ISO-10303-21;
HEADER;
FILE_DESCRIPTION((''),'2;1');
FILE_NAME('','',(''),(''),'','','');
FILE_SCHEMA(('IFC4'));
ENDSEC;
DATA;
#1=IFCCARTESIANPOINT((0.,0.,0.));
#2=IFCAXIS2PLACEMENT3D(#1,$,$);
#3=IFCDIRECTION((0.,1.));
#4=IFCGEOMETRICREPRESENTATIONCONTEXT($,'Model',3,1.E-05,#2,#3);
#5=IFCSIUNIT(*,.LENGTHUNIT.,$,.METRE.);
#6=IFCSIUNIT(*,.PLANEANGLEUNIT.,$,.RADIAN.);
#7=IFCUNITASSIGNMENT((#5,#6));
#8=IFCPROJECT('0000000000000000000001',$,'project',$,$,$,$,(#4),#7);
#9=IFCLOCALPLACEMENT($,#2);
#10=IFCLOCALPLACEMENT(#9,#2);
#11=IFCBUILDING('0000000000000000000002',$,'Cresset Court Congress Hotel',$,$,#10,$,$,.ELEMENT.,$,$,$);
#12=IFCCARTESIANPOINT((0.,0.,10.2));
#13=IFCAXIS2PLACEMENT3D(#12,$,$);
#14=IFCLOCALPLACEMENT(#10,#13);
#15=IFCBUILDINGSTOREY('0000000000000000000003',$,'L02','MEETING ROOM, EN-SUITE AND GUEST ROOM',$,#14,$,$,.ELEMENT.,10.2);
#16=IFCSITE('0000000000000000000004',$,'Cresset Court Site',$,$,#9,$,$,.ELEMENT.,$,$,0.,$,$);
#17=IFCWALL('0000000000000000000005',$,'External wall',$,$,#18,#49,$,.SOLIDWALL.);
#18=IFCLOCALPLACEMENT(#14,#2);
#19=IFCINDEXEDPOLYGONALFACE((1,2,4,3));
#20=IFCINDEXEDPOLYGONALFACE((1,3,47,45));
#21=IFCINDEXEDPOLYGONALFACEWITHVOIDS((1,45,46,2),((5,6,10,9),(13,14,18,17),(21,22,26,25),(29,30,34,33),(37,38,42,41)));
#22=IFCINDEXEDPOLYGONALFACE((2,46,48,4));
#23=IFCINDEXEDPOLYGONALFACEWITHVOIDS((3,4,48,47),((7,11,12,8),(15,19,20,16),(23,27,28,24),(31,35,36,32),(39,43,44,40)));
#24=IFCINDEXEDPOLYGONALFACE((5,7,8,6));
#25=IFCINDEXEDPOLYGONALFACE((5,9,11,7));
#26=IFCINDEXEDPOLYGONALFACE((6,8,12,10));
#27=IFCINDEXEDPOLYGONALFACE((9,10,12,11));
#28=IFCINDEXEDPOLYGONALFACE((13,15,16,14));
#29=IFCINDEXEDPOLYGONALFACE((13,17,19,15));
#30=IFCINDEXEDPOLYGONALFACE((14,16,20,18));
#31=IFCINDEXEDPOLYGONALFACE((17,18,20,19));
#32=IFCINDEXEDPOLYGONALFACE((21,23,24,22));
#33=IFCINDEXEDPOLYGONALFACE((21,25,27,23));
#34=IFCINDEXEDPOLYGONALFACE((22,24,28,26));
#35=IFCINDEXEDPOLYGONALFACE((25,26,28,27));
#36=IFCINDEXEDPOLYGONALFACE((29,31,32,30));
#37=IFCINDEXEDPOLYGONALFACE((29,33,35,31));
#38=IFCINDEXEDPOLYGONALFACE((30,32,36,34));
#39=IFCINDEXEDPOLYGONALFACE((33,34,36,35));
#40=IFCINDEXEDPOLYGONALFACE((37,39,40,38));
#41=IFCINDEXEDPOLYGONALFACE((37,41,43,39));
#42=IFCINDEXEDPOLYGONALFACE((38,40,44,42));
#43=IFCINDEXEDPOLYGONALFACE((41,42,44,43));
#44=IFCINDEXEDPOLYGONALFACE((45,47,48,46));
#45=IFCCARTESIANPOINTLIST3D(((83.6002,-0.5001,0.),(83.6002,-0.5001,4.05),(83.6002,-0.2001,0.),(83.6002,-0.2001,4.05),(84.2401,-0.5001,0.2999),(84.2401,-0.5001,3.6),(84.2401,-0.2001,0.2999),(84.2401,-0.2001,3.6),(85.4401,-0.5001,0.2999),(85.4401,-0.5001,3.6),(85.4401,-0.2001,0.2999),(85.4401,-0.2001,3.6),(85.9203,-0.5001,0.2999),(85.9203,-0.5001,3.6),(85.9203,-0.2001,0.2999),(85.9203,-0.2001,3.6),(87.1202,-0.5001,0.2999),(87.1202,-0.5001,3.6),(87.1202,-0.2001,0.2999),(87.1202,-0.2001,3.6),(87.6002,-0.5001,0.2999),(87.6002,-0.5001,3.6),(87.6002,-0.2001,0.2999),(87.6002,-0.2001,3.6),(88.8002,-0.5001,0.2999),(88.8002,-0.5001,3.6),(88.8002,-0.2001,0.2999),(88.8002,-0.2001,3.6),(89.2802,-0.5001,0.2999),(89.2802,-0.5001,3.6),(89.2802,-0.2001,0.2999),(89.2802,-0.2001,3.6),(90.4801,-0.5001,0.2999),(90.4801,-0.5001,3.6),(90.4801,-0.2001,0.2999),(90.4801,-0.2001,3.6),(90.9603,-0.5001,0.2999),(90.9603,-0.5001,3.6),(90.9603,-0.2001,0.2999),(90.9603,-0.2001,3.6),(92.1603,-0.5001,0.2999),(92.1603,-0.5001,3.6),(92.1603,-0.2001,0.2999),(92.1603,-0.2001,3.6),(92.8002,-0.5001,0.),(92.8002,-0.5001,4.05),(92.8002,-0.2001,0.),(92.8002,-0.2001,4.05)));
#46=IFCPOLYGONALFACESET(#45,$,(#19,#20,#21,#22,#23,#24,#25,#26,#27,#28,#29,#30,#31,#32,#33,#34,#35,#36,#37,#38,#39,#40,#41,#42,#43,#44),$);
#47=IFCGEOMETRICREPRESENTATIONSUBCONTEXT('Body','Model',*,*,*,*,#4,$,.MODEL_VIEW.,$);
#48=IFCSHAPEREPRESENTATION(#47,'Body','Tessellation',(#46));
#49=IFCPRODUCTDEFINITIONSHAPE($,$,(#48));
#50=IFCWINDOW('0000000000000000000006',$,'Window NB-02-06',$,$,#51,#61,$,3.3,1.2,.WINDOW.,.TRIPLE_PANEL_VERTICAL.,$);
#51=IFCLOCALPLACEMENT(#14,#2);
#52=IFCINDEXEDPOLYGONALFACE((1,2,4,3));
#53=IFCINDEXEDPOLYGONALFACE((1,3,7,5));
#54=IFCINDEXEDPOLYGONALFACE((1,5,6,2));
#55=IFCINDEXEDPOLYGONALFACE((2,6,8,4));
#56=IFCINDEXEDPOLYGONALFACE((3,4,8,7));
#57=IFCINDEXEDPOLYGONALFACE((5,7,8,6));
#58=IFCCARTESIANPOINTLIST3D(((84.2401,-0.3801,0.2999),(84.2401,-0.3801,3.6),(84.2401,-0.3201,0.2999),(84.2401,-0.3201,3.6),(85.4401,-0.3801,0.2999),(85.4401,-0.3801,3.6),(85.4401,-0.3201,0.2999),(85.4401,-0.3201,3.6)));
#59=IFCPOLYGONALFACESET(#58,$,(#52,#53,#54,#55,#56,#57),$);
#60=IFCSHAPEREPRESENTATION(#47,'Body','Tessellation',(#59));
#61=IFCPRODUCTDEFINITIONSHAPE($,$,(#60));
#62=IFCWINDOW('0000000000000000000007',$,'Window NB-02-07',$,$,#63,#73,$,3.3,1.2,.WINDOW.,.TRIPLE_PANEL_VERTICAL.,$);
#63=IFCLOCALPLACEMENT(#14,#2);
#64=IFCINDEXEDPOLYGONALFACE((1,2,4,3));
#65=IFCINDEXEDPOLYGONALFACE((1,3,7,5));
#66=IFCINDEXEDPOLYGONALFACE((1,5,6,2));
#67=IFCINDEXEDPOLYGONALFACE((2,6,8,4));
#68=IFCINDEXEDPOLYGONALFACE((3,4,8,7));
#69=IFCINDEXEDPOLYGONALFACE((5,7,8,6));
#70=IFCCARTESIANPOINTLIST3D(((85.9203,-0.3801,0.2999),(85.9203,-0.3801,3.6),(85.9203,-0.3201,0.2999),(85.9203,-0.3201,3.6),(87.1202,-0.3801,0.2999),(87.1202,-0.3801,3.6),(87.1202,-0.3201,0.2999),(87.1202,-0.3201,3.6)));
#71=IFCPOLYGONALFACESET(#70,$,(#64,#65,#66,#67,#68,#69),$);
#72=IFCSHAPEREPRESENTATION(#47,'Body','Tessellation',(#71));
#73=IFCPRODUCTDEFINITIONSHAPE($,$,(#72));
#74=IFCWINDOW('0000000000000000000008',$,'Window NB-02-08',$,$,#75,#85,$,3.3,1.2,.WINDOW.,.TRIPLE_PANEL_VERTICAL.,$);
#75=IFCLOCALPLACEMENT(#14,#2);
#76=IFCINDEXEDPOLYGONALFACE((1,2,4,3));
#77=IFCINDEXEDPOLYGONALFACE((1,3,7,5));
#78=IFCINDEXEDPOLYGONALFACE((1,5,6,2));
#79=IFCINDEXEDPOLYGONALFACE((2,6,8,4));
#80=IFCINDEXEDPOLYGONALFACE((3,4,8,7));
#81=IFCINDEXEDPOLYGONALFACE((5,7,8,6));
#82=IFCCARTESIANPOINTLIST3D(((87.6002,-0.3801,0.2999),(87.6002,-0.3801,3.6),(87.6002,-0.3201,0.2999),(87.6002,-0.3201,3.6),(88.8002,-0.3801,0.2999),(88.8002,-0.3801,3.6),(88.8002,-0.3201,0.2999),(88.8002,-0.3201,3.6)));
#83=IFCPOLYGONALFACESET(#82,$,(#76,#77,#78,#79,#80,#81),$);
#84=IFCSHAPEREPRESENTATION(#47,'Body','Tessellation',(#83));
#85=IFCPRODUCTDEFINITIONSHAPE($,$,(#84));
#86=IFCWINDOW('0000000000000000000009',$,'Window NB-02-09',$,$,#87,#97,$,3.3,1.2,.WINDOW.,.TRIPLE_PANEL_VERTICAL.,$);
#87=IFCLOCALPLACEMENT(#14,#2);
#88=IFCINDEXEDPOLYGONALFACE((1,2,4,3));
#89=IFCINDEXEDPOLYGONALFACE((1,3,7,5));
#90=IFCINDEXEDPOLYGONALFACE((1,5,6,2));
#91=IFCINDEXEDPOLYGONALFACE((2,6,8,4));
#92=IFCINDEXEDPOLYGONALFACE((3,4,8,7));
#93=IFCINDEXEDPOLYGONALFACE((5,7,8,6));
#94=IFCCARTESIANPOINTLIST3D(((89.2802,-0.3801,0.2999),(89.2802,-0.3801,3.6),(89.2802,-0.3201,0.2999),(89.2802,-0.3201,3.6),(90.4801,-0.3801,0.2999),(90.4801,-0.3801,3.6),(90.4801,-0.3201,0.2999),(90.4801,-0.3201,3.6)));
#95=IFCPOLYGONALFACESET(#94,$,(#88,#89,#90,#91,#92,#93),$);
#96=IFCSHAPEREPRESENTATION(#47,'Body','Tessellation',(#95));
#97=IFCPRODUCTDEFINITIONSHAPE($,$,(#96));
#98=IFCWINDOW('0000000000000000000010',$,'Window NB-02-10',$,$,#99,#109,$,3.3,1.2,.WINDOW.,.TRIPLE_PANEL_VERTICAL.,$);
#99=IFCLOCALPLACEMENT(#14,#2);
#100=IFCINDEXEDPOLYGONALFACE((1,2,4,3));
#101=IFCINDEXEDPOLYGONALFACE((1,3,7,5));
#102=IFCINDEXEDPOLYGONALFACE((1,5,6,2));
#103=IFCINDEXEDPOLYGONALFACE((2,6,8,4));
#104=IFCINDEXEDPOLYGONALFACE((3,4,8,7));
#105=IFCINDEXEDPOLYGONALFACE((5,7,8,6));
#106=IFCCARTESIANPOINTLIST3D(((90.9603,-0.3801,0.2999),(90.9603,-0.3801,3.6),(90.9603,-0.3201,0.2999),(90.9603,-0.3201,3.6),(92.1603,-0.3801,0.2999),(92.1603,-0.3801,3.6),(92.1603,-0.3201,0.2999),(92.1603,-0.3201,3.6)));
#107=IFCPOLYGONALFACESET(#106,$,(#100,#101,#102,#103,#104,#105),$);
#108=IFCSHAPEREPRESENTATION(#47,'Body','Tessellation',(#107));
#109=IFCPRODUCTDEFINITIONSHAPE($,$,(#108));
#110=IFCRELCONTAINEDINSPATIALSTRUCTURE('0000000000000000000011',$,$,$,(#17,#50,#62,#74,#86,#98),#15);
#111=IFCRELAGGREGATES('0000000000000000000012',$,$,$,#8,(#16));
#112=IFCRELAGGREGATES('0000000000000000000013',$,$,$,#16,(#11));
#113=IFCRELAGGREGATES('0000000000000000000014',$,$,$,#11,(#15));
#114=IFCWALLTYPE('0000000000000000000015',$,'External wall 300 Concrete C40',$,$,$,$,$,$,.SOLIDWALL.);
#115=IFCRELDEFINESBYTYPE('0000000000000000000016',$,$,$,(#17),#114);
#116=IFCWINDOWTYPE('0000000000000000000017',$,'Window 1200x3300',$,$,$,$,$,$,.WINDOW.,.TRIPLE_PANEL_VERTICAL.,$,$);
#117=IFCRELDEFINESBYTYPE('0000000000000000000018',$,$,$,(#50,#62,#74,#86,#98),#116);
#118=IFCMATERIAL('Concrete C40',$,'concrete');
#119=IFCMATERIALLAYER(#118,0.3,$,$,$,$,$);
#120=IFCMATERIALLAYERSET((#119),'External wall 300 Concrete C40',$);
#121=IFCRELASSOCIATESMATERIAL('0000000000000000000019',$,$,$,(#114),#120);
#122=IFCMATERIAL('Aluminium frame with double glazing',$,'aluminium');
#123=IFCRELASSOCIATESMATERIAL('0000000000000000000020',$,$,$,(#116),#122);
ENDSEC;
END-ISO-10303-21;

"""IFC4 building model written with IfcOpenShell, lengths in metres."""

from ifc_helpers import new_model, si_unit, direction, frame, frame_2d, origin, place, context, subcontext, project, spatial, rectangle, extrude, material, layer, layer_set, type_object, element, fill, save


model = new_model("IFC4")

# Units and contexts
model_context = context("Model", 3, precision=1e-05, world=origin(), true_north=direction((0.0, 1.0)))
body_context = subcontext(model_context, "Body", "Model", "MODEL_VIEW")
ifc_project = project(units=[si_unit("LENGTHUNIT", "METRE"), si_unit("PLANEANGLEUNIT", "RADIAN")], contexts=[model_context])

# Site, building, storey
site_placement = place(None, origin())
site = spatial("IfcSite", under=ifc_project, at=site_placement, Name="Cresset Court Site", CompositionType="ELEMENT", RefElevation=0.0)
building_placement = place(site_placement, origin())
building = spatial("IfcBuilding", under=site, at=building_placement, Name="Cresset Court Congress Hotel", CompositionType="ELEMENT")
storey_placement = place(building_placement, frame((0.0, 0.0, 10.2)))
storey = spatial("IfcBuildingStorey", under=building, at=storey_placement, Name="L02", Description="MEETING ROOM, EN-SUITE AND GUEST ROOM", CompositionType="ELEMENT", Elevation=10.2)

# Wall, openings, windows
ifc_material_1 = material(Name="Concrete C40", Category="concrete")
ifc_layer_1 = layer(ifc_material_1, 0.3)
ifc_layer_set_1 = layer_set([ifc_layer_1], Name="External wall 300 Concrete C40")
wall_type = type_object("IfcWallType", Name="External wall 300 Concrete C40", PredefinedType="SOLIDWALL", material=ifc_layer_set_1)
wall_placement = place(storey_placement, frame((83.6001, -0.3501, 0.0), z_axis=(0.0, 0.0, 1.0), x_axis=(1.0, 0.0, 0.0)))
wall = element("IfcWall", 1, at=wall_placement, inside=storey, type_object=wall_type, Name="External wall", PredefinedType="SOLIDWALL", context=body_context, shape_type="SweptSolid", body=[
    extrude(rectangle(XDim=9.2, YDim=0.3, at=frame_2d((4.6001, 0.0))), origin(), (0.0, 0.0, 1.0), 4.05),
])
opening_1_placement = place(wall_placement, frame((0.6399, 0.0, 0.3)))
opening_1 = element("IfcOpeningElement", 2, at=opening_1_placement, cuts=wall, PredefinedType="OPENING", context=body_context, shape_type="SweptSolid", body=[
    extrude(rectangle(XDim=1.2, YDim=3.3, at=frame_2d((0.6001, 1.6499))), frame((0.0, 0.1599, 0.0), z_axis=(0.0, -1.0, 0.0), x_axis=(1.0, 0.0, 0.0)), (0.0, 0.0, 1.0), 0.3201),
])
opening_2_placement = place(wall_placement, frame((2.3201, 0.0, 0.3)))
opening_2 = element("IfcOpeningElement", 3, at=opening_2_placement, cuts=wall, PredefinedType="OPENING", context=body_context, shape_type="SweptSolid", body=[
    extrude(rectangle(XDim=1.2, YDim=3.3, at=frame_2d((0.6001, 1.6499))), frame((0.0, 0.1599, 0.0), z_axis=(0.0, -1.0, 0.0), x_axis=(1.0, 0.0, 0.0)), (0.0, 0.0, 1.0), 0.3201),
])
opening_3_placement = place(wall_placement, frame((4.0, 0.0, 0.3)))
opening_3 = element("IfcOpeningElement", 4, at=opening_3_placement, cuts=wall, PredefinedType="OPENING", context=body_context, shape_type="SweptSolid", body=[
    extrude(rectangle(XDim=1.2, YDim=3.3, at=frame_2d((0.6001, 1.6499))), frame((0.0, 0.1599, 0.0), z_axis=(0.0, -1.0, 0.0), x_axis=(1.0, 0.0, 0.0)), (0.0, 0.0, 1.0), 0.3201),
])
opening_4_placement = place(wall_placement, frame((5.6799, 0.0, 0.3)))
opening_4 = element("IfcOpeningElement", 5, at=opening_4_placement, cuts=wall, PredefinedType="OPENING", context=body_context, shape_type="SweptSolid", body=[
    extrude(rectangle(XDim=1.2, YDim=3.3, at=frame_2d((0.6001, 1.6499))), frame((0.0, 0.1599, 0.0), z_axis=(0.0, -1.0, 0.0), x_axis=(1.0, 0.0, 0.0)), (0.0, 0.0, 1.0), 0.3201),
])
opening_5_placement = place(wall_placement, frame((7.3601, 0.0, 0.3)))
opening_5 = element("IfcOpeningElement", 6, at=opening_5_placement, cuts=wall, PredefinedType="OPENING", context=body_context, shape_type="SweptSolid", body=[
    extrude(rectangle(XDim=1.2, YDim=3.3, at=frame_2d((0.6001, 1.6499))), frame((0.0, 0.1599, 0.0), z_axis=(0.0, -1.0, 0.0), x_axis=(1.0, 0.0, 0.0)), (0.0, 0.0, 1.0), 0.3201),
])
ifc_material_2 = material(Name="Aluminium frame with double glazing", Category="aluminium")
window_type = type_object("IfcWindowType", Name="Window 1200x3300", PartitioningType="TRIPLE_PANEL_VERTICAL", PredefinedType="WINDOW", material=ifc_material_2)
window_1_placement = place(opening_1_placement, origin())
window_1 = element("IfcWindow", 7, at=window_1_placement, inside=storey, type_object=window_type, Name="Window NB-02-06", OverallHeight=3.3, OverallWidth=1.2, PartitioningType="TRIPLE_PANEL_VERTICAL", PredefinedType="WINDOW", context=body_context, shape_type="SweptSolid", body=[
    extrude(rectangle(XDim=1.2, YDim=3.3, at=frame_2d((0.6001, 1.6499))), frame((0.0, 0.03, 0.0), z_axis=(0.0, -1.0, 0.0), x_axis=(1.0, 0.0, 0.0)), (0.0, 0.0, 1.0), 0.0601),
])
fill(opening_1, window_1)
window_2_placement = place(opening_2_placement, origin())
window_2 = element("IfcWindow", 8, at=window_2_placement, inside=storey, type_object=window_type, Name="Window NB-02-07", OverallHeight=3.3, OverallWidth=1.2, PartitioningType="TRIPLE_PANEL_VERTICAL", PredefinedType="WINDOW", context=body_context, shape_type="SweptSolid", body=[
    extrude(rectangle(XDim=1.2, YDim=3.3, at=frame_2d((0.6001, 1.6499))), frame((0.0, 0.03, 0.0), z_axis=(0.0, -1.0, 0.0), x_axis=(1.0, 0.0, 0.0)), (0.0, 0.0, 1.0), 0.0601),
])
fill(opening_2, window_2)
window_3_placement = place(opening_3_placement, origin())
window_3 = element("IfcWindow", 9, at=window_3_placement, inside=storey, type_object=window_type, Name="Window NB-02-08", OverallHeight=3.3, OverallWidth=1.2, PartitioningType="TRIPLE_PANEL_VERTICAL", PredefinedType="WINDOW", context=body_context, shape_type="SweptSolid", body=[
    extrude(rectangle(XDim=1.2, YDim=3.3, at=frame_2d((0.6001, 1.6499))), frame((0.0, 0.03, 0.0), z_axis=(0.0, -1.0, 0.0), x_axis=(1.0, 0.0, 0.0)), (0.0, 0.0, 1.0), 0.0601),
])
fill(opening_3, window_3)
window_4_placement = place(opening_4_placement, origin())
window_4 = element("IfcWindow", 10, at=window_4_placement, inside=storey, type_object=window_type, Name="Window NB-02-09", OverallHeight=3.3, OverallWidth=1.2, PartitioningType="TRIPLE_PANEL_VERTICAL", PredefinedType="WINDOW", context=body_context, shape_type="SweptSolid", body=[
    extrude(rectangle(XDim=1.2, YDim=3.3, at=frame_2d((0.6001, 1.6499))), frame((0.0, 0.03, 0.0), z_axis=(0.0, -1.0, 0.0), x_axis=(1.0, 0.0, 0.0)), (0.0, 0.0, 1.0), 0.0601),
])
fill(opening_4, window_4)
window_5_placement = place(opening_5_placement, origin())
window_5 = element("IfcWindow", 11, at=window_5_placement, inside=storey, type_object=window_type, Name="Window NB-02-10", OverallHeight=3.3, OverallWidth=1.2, PartitioningType="TRIPLE_PANEL_VERTICAL", PredefinedType="WINDOW", context=body_context, shape_type="SweptSolid", body=[
    extrude(rectangle(XDim=1.2, YDim=3.3, at=frame_2d((0.6001, 1.6499))), frame((0.0, 0.03, 0.0), z_axis=(0.0, -1.0, 0.0), x_axis=(1.0, 0.0, 0.0)), (0.0, 0.0, 1.0), 0.0601),
])
fill(opening_5, window_5)

save(model, "model.ifc")
